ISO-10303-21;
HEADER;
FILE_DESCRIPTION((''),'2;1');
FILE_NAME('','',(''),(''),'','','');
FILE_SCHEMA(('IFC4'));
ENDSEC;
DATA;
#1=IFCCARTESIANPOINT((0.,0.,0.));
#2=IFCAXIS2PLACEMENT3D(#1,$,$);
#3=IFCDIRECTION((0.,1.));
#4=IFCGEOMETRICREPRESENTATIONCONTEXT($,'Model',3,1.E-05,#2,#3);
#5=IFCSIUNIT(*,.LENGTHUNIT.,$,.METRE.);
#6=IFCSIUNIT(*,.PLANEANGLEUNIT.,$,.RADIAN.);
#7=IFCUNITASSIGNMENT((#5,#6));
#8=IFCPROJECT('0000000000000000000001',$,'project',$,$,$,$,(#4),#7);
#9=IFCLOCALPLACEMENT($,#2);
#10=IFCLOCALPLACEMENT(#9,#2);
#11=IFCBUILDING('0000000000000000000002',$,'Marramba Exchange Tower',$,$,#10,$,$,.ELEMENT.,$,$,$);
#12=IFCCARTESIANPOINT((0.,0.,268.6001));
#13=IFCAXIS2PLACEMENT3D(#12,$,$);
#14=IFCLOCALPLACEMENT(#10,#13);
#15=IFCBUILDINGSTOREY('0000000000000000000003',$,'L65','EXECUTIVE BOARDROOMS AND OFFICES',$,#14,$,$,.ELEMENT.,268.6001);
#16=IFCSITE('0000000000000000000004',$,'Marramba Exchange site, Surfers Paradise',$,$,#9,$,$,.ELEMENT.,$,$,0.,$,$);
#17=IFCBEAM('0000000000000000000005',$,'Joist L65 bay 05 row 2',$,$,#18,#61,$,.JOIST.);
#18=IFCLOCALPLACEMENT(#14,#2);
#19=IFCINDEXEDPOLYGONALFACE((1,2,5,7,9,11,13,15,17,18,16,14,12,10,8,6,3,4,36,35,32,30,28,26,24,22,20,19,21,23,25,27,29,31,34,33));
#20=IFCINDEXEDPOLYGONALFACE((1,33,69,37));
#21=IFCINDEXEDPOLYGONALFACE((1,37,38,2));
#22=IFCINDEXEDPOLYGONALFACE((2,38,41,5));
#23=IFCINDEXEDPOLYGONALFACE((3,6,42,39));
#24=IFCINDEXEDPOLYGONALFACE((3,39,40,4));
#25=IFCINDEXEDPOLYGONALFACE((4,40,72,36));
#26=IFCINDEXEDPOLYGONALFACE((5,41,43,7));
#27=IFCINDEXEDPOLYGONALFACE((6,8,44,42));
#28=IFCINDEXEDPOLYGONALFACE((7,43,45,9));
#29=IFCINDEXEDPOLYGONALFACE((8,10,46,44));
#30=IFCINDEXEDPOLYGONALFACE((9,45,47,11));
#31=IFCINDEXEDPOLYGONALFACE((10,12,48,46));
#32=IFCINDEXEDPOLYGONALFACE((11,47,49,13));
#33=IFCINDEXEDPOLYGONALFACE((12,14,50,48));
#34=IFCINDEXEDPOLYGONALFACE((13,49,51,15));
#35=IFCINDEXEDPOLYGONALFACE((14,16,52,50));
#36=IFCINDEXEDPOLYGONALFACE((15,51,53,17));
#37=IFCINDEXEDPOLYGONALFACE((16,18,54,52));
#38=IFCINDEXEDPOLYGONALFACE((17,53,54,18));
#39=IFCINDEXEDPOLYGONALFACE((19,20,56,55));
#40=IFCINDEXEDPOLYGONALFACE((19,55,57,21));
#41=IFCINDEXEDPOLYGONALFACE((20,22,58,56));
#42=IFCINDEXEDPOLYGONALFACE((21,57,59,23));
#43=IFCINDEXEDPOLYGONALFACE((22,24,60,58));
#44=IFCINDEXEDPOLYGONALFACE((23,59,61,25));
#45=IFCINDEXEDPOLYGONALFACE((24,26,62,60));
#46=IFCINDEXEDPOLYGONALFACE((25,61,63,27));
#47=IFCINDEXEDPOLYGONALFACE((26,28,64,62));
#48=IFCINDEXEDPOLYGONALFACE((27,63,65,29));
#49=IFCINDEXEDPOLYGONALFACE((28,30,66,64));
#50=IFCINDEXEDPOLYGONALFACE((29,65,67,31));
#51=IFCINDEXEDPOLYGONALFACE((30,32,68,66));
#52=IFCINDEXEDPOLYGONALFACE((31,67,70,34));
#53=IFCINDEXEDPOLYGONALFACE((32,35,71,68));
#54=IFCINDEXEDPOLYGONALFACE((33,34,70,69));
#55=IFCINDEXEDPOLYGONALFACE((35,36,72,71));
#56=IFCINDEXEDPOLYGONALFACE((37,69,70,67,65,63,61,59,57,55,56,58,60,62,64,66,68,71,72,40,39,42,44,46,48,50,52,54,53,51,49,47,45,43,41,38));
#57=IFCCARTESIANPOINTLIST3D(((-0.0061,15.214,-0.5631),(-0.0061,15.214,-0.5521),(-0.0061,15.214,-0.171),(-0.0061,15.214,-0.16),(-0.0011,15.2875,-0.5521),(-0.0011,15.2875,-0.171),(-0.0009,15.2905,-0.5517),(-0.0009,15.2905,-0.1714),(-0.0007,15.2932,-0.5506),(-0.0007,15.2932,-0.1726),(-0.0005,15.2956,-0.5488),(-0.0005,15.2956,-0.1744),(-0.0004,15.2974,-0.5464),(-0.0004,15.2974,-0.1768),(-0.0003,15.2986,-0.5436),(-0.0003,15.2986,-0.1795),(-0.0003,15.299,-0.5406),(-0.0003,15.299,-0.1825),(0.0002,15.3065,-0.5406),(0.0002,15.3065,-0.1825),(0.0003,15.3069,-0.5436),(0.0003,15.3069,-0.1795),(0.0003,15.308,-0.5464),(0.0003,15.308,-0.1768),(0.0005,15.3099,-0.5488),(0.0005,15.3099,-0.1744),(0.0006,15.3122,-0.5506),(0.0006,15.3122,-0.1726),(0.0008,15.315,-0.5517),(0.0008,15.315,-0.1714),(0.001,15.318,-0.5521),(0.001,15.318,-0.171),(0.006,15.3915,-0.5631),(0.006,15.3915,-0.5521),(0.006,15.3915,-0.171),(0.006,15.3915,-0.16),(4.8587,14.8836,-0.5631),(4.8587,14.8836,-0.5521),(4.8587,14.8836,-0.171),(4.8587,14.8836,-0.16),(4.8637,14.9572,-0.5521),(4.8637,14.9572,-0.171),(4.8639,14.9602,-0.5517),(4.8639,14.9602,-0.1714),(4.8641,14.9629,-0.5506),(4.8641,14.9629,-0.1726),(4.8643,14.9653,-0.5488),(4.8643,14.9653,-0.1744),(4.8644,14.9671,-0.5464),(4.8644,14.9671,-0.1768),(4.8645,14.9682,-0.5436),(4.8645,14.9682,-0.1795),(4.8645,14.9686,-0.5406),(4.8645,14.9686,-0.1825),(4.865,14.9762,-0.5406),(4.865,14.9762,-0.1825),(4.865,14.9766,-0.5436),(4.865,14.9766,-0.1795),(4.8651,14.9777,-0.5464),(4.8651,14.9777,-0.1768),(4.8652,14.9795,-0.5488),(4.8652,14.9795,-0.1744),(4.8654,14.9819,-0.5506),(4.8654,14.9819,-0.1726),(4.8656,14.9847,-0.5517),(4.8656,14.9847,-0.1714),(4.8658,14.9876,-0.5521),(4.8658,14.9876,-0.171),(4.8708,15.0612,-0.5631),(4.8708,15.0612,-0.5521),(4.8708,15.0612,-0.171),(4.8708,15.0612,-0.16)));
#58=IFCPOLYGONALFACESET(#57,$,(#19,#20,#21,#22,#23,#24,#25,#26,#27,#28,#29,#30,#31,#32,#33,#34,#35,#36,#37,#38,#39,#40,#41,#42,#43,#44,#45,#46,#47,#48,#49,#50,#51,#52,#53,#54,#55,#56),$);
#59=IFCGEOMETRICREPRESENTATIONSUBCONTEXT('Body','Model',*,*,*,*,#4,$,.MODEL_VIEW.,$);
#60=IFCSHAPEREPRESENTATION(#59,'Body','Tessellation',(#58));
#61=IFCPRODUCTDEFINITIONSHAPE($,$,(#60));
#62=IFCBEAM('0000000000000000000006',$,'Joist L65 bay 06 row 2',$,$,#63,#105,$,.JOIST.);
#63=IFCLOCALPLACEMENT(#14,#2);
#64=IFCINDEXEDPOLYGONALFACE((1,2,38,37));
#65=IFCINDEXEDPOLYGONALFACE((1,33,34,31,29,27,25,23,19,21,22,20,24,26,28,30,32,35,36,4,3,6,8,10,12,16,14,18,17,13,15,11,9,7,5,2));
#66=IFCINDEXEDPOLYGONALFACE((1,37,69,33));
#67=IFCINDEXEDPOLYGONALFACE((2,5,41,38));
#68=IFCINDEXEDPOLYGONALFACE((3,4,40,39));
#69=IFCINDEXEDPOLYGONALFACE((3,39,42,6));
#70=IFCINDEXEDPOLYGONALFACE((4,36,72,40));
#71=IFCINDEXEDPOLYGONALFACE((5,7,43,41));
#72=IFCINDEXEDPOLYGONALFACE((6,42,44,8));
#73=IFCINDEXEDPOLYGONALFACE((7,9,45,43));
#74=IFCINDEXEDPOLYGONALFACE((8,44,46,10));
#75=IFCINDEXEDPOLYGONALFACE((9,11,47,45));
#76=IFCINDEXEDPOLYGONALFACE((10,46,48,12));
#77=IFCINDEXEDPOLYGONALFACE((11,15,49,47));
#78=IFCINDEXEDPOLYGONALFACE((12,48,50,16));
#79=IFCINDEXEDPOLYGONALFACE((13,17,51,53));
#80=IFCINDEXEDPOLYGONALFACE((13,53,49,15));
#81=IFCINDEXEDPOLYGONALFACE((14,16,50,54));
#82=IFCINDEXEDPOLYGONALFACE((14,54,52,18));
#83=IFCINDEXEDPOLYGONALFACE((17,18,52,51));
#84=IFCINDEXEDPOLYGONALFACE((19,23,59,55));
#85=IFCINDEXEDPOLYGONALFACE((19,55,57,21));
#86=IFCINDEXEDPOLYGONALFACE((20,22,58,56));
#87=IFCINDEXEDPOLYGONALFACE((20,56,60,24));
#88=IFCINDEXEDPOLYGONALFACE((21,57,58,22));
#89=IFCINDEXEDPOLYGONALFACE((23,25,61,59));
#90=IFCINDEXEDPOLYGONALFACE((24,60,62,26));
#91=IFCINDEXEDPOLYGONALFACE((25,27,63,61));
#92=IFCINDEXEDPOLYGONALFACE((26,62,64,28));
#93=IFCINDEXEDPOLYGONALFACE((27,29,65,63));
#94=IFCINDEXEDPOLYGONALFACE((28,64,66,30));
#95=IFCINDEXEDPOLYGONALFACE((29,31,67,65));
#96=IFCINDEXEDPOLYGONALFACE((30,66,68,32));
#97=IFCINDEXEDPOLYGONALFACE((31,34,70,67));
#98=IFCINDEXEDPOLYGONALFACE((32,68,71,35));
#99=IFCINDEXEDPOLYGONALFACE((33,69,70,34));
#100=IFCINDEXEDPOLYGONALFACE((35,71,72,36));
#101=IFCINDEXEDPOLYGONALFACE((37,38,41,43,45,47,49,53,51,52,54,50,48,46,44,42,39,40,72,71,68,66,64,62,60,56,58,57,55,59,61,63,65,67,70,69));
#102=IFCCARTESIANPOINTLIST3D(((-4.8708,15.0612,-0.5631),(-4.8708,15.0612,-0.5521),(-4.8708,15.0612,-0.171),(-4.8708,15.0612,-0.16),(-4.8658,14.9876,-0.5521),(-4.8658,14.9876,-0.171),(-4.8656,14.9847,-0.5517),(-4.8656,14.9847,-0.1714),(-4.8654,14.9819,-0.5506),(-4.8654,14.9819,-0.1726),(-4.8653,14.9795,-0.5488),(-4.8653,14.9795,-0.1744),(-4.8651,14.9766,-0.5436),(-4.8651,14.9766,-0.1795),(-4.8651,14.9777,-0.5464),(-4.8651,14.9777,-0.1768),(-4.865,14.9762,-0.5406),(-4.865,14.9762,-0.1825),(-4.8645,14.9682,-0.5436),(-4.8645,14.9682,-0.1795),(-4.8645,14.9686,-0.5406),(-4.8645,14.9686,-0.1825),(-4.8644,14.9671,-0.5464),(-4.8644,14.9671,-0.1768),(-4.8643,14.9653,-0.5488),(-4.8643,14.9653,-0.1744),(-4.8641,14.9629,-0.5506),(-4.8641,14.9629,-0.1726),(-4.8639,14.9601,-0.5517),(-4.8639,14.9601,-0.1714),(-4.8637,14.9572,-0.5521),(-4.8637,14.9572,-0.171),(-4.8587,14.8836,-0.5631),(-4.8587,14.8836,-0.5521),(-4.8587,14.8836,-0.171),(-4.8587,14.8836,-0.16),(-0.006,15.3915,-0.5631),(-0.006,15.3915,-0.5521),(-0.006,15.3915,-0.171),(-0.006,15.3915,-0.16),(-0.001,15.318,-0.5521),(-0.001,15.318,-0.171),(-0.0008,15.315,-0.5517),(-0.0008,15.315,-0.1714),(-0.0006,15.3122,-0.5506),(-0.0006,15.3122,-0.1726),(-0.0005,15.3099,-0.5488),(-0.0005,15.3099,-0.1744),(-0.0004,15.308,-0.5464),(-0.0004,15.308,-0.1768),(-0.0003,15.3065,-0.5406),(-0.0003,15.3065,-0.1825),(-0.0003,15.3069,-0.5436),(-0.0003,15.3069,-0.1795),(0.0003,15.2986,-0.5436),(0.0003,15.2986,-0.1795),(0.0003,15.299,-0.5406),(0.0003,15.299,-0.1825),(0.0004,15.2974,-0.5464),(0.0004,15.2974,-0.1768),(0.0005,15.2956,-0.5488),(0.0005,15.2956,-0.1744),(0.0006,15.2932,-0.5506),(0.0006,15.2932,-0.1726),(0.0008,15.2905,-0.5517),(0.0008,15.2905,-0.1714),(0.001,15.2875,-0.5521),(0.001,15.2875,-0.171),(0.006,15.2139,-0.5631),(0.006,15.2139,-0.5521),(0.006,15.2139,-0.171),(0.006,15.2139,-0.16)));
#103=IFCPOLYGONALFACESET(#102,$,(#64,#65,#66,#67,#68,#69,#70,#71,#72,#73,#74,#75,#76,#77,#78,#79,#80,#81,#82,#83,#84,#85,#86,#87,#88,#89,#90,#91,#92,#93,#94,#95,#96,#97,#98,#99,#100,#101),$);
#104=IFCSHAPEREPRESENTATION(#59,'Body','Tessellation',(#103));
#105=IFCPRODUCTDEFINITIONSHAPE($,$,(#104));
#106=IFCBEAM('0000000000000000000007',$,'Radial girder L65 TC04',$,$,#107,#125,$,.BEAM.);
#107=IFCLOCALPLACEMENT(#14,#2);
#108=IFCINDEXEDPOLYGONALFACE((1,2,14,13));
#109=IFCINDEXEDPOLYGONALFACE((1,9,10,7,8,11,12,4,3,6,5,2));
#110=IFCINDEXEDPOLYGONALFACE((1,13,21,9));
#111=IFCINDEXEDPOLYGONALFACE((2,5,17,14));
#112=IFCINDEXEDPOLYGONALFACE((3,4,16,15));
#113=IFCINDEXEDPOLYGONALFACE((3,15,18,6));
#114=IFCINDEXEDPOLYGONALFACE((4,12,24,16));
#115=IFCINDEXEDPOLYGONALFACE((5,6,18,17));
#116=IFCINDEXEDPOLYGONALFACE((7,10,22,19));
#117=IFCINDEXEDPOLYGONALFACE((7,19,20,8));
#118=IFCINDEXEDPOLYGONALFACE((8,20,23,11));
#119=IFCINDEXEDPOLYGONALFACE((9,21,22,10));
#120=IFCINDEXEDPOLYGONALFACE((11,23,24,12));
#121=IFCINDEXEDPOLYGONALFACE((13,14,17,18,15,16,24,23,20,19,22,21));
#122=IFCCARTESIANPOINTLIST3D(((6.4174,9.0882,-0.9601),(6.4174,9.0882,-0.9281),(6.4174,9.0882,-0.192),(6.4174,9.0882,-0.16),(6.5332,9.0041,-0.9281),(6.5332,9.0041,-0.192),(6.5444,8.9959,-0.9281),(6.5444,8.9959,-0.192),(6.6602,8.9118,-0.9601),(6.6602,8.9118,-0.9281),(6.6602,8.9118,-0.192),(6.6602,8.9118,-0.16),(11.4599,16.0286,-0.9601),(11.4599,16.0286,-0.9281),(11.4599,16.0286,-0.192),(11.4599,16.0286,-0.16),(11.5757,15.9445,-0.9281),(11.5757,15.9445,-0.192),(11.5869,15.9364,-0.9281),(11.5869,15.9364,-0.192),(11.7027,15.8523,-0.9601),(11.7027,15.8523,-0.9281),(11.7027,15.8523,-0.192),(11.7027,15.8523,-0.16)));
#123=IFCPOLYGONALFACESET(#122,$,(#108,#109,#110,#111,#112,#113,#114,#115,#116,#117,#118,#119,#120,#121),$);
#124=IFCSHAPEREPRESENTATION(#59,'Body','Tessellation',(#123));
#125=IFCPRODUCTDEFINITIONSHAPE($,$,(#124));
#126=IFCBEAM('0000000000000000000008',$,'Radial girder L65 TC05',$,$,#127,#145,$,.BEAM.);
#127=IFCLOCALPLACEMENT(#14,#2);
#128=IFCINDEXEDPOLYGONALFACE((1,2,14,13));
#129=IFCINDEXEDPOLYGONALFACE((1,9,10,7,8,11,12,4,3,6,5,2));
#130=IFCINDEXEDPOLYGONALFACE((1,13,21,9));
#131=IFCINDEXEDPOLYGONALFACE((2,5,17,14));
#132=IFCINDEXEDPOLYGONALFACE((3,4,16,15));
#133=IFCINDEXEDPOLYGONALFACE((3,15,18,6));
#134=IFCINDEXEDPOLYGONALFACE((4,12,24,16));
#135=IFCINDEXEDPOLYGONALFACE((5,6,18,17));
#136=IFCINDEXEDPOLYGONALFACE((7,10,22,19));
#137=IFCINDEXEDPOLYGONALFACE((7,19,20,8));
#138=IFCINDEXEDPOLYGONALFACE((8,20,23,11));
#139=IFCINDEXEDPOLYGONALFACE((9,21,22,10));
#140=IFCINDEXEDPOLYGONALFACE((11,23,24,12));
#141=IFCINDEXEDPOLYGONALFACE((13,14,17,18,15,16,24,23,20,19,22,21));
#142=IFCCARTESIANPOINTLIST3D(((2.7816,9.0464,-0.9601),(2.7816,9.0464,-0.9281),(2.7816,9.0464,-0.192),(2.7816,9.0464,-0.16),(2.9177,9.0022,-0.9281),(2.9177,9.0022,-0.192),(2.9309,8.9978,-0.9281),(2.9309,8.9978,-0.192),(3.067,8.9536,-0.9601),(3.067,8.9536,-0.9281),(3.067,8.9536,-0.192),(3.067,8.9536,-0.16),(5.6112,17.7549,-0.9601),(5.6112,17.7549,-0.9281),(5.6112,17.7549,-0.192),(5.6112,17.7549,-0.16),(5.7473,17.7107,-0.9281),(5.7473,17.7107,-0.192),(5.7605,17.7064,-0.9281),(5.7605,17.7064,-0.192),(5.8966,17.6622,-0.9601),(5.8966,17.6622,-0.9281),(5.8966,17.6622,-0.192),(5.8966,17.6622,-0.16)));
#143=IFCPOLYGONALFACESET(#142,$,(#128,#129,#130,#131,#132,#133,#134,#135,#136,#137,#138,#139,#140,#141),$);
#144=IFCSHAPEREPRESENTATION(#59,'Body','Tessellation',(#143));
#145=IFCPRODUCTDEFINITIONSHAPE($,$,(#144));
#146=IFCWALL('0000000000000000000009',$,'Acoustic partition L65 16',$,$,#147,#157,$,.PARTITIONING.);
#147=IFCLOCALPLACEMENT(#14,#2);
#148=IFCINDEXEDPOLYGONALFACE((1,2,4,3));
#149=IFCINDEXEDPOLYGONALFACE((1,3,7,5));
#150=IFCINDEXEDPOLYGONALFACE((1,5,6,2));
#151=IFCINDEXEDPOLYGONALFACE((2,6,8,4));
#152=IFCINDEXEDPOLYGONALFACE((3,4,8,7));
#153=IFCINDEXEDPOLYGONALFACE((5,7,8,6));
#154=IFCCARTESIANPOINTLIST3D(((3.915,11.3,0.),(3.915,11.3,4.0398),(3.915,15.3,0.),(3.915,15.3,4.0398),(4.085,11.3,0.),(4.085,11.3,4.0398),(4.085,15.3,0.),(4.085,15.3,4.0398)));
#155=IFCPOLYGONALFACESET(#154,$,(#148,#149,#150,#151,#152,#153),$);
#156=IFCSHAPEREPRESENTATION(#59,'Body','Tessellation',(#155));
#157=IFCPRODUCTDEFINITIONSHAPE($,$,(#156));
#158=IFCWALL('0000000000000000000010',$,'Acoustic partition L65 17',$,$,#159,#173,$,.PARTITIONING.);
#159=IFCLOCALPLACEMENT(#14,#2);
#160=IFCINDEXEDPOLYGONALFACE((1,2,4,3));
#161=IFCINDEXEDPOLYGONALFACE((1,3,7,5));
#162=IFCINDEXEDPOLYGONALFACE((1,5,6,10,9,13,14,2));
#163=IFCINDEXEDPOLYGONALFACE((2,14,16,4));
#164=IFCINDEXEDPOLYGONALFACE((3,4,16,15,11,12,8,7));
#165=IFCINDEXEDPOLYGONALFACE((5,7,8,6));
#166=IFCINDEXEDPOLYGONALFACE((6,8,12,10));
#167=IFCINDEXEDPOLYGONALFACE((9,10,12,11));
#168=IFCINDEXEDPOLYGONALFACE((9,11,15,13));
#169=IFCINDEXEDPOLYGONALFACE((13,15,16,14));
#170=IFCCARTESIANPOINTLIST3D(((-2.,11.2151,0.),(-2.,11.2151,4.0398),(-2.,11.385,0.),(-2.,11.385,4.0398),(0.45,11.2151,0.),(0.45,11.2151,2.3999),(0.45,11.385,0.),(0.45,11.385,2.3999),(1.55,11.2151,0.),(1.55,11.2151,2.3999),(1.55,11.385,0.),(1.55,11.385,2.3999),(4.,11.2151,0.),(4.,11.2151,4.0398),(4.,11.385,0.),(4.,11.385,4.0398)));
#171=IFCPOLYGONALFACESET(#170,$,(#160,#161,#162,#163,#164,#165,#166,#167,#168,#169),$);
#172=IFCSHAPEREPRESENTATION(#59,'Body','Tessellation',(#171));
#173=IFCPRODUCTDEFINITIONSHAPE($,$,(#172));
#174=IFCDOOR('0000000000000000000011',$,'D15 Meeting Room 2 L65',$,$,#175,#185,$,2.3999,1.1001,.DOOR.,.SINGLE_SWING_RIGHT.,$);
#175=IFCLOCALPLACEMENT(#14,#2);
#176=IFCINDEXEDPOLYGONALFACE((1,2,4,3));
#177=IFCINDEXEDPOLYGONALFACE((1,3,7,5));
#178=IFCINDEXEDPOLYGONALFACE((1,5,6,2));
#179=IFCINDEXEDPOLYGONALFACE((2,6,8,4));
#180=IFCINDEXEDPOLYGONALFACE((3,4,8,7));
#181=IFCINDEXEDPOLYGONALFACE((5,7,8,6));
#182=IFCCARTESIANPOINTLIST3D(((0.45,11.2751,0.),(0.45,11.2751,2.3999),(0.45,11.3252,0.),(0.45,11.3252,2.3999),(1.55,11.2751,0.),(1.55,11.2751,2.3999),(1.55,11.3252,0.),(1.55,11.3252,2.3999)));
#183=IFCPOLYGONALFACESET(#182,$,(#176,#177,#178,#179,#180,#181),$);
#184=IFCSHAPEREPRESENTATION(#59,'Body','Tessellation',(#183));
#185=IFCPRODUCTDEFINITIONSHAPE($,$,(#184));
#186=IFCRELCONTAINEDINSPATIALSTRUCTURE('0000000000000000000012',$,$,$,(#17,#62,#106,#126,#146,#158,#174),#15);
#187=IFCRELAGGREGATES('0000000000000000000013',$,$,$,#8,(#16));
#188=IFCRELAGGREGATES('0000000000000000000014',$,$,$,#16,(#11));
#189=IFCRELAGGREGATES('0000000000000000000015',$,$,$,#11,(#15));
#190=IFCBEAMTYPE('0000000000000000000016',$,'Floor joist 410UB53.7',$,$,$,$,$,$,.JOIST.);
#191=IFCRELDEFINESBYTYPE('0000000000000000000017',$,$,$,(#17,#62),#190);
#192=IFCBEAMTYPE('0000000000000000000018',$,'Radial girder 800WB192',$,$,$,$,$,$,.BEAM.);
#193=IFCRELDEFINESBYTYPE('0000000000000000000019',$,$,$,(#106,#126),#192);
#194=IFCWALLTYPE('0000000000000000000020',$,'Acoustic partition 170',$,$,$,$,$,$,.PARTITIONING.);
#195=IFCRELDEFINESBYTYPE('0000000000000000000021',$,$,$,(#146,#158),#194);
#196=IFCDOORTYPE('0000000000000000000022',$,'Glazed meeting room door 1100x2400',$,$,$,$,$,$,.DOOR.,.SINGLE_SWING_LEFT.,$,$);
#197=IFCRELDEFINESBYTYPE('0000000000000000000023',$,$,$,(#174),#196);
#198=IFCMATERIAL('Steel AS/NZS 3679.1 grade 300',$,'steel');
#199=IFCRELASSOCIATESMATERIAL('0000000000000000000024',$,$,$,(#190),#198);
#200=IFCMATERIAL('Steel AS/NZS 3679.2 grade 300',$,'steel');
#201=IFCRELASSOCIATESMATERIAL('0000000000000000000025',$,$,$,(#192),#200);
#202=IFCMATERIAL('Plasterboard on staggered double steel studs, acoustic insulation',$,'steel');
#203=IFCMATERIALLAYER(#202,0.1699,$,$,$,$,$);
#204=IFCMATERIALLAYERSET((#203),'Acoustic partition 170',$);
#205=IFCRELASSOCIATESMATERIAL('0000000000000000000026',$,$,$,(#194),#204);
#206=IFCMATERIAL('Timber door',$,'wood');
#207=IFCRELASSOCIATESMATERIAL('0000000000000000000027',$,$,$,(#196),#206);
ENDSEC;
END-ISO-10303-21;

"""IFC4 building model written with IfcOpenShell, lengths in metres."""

from ifc_helpers import new_model, si_unit, direction, frame, frame_2d, origin, origin_2d, place, context, subcontext, project, spatial, rectangle, i_section, extrude, material, layer, layer_set, material_profile, profile_set, type_object, element, fill, save


model = new_model("IFC4")

# Units and contexts
model_context = context("Model", 3, precision=1e-05, world=origin(), true_north=direction((0.0, 1.0)))
body_context = subcontext(model_context, "Body", "Model", "MODEL_VIEW")
ifc_project = project(units=[si_unit("LENGTHUNIT", "METRE"), si_unit("PLANEANGLEUNIT", "RADIAN")], contexts=[model_context])

# Site, building, storey
site_placement = place(None, origin())
site = spatial("IfcSite", under=ifc_project, at=site_placement, Name="Marramba Exchange site, Surfers Paradise", CompositionType="ELEMENT", RefElevation=0.0)
building_placement = place(site_placement, origin())
building = spatial("IfcBuilding", under=site, at=building_placement, Name="Marramba Exchange Tower", CompositionType="ELEMENT")
storey_placement = place(building_placement, frame((0.0, 0.0, 268.6001)))
storey = spatial("IfcBuildingStorey", under=building, at=storey_placement, Name="L65", Description="EXECUTIVE BOARDROOMS AND OFFICES", CompositionType="ELEMENT", Elevation=268.6001)

# Beams
ifc_material_1 = material(Name="Steel AS/NZS 3679.1 grade 300", Category="steel")
ifc_material_profile_1 = material_profile(ifc_material_1, i_section(OverallWidth=0.178, OverallDepth=0.4031, WebThickness=0.0076, FlangeThickness=0.011, FilletRadius=0.0115, at=origin_2d()), Name="410UB53.7")
ifc_profile_set_1 = profile_set([ifc_material_profile_1], Name="Steel AS/NZS 3679.1 grade 300")
beam_type_1 = type_object("IfcBeamType", Name="Floor joist 410UB53.7", PredefinedType="JOIST", material=ifc_profile_set_1)
for number, where, z_axis, x_axis, name in (
    (1, (4.8647, 14.9724, -0.3616), (-0.997703, 0.067745, 0.0), (-0.067745, -0.997703, 0.0), "Joist L65 bay 05 row 2"),
    (2, (0.0, 15.3027, -0.3616), (-0.997703, -0.067745, 0.0), (0.067745, -0.997703, 0.0), "Joist L65 bay 06 row 2"),
):
    element("IfcBeam", number, at=place(storey_placement, frame(where, z_axis=z_axis, x_axis=x_axis)), inside=storey, type_object=beam_type_1, Name=name, PredefinedType="JOIST", context=body_context, shape_type="SweptSolid", body=[
        extrude(i_section(OverallWidth=0.178, OverallDepth=0.4031, WebThickness=0.0076, FlangeThickness=0.011, FilletRadius=0.0115, at=origin_2d()), origin(), (0.0, 0.0, 1.0), 4.876),
    ])
ifc_material_2 = material(Name="Steel AS/NZS 3679.2 grade 300", Category="steel")
ifc_material_profile_2 = material_profile(ifc_material_2, i_section(OverallWidth=0.3, OverallDepth=0.8, WebThickness=0.0139, FlangeThickness=0.032, at=origin_2d()), Name="800WB192")
ifc_profile_set_2 = profile_set([ifc_material_profile_2], Name="Steel AS/NZS 3679.2 grade 300")
beam_type_2 = type_object("IfcBeamType", Name="Radial girder 800WB192", PredefinedType="BEAM", material=ifc_profile_set_2)
beam_1_placement = place(storey_placement, frame((6.5388, 9.0, -0.5601), z_axis=(0.587782, 0.809019, 0.0), x_axis=(-0.809019, 0.587782, 0.0)))
element("IfcBeam", 3, at=beam_1_placement, inside=storey, type_object=beam_type_2, Name="Radial girder L65 TC04", PredefinedType="BEAM", context=body_context, shape_type="SweptSolid", body=[
    extrude(i_section(OverallWidth=0.3, OverallDepth=0.8, WebThickness=0.0139, FlangeThickness=0.032, at=origin_2d()), origin(), (0.0, 0.0, 1.0), 8.5789),
])
beam_2_placement = place(storey_placement, frame((2.9243, 9.0, -0.5601), z_axis=(0.30902, 0.951056, 0.0), x_axis=(-0.951056, 0.30902, 0.0)))
element("IfcBeam", 4, at=beam_2_placement, inside=storey, type_object=beam_type_2, Name="Radial girder L65 TC05", PredefinedType="BEAM", context=body_context, shape_type="SweptSolid", body=[
    extrude(i_section(OverallWidth=0.3, OverallDepth=0.8, WebThickness=0.0139, FlangeThickness=0.032, at=origin_2d()), origin(), (0.0, 0.0, 1.0), 9.1567),
])

# Wall
ifc_material_3 = material(Name="Plasterboard on staggered double steel studs, acoustic insulation", Category="steel")
ifc_layer_1 = layer(ifc_material_3, 0.1699)
ifc_layer_set_1 = layer_set([ifc_layer_1], Name="Acoustic partition 170")
wall_type_1 = type_object("IfcWallType", Name="Acoustic partition 170", PredefinedType="PARTITIONING", material=ifc_layer_set_1)
wall_1_placement = place(storey_placement, frame((4.0, 15.3, 0.0), z_axis=(0.0, 0.0, 1.0), x_axis=(0.0, -1.0, 0.0)))
element("IfcWall", 5, at=wall_1_placement, inside=storey, type_object=wall_type_1, Name="Acoustic partition L65 16", PredefinedType="PARTITIONING", context=body_context, shape_type="SweptSolid", body=[
    extrude(rectangle(XDim=4.0, YDim=0.1699, at=frame_2d((2.0, 0.0))), origin(), (0.0, 0.0, 1.0), 4.0398),
])

# Wall, opening, door
wall_2_placement = place(storey_placement, frame((4.0, 11.3, 0.0), z_axis=(0.0, 0.0, 1.0), x_axis=(-1.0, 0.0, 0.0)))
wall_2 = element("IfcWall", 6, at=wall_2_placement, inside=storey, type_object=wall_type_1, Name="Acoustic partition L65 17", PredefinedType="PARTITIONING", context=body_context, shape_type="SweptSolid", body=[
    extrude(rectangle(XDim=6.0, YDim=0.1699, at=frame_2d((3.0, 0.0))), origin(), (0.0, 0.0, 1.0), 4.0398),
])
opening_1_placement = place(wall_2_placement, frame((2.45, 0.0, 0.0)))
opening_1 = element("IfcOpeningElement", 7, at=opening_1_placement, cuts=wall_2, PredefinedType="OPENING", context=body_context, shape_type="SweptSolid", body=[
    extrude(rectangle(XDim=1.1001, YDim=2.3999, at=frame_2d((0.55, 1.2))), frame((0.0, 0.095, 0.0), z_axis=(0.0, -1.0, 0.0), x_axis=(1.0, 0.0, 0.0)), (0.0, 0.0, 1.0), 0.1899),
])
ifc_material_4 = material(Name="Timber door", Category="wood")
door_type_1 = type_object("IfcDoorType", Name="Glazed meeting room door 1100x2400", OperationType="SINGLE_SWING_LEFT", PredefinedType="DOOR", material=ifc_material_4)
door_1_placement = place(opening_1_placement, frame((1.1001, 0.0, 0.0), z_axis=(0.0, 0.0, 1.0), x_axis=(-1.0, 0.0, 0.0)))
door_1 = element("IfcDoor", 8, at=door_1_placement, inside=storey, type_object=door_type_1, Name="D15 Meeting Room 2 L65", OperationType="SINGLE_SWING_RIGHT", OverallHeight=2.3999, OverallWidth=1.1001, PredefinedType="DOOR", context=body_context, shape_type="SweptSolid", body=[
    extrude(rectangle(XDim=1.1001, YDim=2.3999, at=frame_2d((0.55, 1.2))), frame((0.0, 0.0251, 0.0), z_axis=(0.0, -1.0, 0.0), x_axis=(1.0, 0.0, 0.0)), (0.0, 0.0, 1.0), 0.05),
])
fill(opening_1, door_1)

save(model, "model.ifc")
